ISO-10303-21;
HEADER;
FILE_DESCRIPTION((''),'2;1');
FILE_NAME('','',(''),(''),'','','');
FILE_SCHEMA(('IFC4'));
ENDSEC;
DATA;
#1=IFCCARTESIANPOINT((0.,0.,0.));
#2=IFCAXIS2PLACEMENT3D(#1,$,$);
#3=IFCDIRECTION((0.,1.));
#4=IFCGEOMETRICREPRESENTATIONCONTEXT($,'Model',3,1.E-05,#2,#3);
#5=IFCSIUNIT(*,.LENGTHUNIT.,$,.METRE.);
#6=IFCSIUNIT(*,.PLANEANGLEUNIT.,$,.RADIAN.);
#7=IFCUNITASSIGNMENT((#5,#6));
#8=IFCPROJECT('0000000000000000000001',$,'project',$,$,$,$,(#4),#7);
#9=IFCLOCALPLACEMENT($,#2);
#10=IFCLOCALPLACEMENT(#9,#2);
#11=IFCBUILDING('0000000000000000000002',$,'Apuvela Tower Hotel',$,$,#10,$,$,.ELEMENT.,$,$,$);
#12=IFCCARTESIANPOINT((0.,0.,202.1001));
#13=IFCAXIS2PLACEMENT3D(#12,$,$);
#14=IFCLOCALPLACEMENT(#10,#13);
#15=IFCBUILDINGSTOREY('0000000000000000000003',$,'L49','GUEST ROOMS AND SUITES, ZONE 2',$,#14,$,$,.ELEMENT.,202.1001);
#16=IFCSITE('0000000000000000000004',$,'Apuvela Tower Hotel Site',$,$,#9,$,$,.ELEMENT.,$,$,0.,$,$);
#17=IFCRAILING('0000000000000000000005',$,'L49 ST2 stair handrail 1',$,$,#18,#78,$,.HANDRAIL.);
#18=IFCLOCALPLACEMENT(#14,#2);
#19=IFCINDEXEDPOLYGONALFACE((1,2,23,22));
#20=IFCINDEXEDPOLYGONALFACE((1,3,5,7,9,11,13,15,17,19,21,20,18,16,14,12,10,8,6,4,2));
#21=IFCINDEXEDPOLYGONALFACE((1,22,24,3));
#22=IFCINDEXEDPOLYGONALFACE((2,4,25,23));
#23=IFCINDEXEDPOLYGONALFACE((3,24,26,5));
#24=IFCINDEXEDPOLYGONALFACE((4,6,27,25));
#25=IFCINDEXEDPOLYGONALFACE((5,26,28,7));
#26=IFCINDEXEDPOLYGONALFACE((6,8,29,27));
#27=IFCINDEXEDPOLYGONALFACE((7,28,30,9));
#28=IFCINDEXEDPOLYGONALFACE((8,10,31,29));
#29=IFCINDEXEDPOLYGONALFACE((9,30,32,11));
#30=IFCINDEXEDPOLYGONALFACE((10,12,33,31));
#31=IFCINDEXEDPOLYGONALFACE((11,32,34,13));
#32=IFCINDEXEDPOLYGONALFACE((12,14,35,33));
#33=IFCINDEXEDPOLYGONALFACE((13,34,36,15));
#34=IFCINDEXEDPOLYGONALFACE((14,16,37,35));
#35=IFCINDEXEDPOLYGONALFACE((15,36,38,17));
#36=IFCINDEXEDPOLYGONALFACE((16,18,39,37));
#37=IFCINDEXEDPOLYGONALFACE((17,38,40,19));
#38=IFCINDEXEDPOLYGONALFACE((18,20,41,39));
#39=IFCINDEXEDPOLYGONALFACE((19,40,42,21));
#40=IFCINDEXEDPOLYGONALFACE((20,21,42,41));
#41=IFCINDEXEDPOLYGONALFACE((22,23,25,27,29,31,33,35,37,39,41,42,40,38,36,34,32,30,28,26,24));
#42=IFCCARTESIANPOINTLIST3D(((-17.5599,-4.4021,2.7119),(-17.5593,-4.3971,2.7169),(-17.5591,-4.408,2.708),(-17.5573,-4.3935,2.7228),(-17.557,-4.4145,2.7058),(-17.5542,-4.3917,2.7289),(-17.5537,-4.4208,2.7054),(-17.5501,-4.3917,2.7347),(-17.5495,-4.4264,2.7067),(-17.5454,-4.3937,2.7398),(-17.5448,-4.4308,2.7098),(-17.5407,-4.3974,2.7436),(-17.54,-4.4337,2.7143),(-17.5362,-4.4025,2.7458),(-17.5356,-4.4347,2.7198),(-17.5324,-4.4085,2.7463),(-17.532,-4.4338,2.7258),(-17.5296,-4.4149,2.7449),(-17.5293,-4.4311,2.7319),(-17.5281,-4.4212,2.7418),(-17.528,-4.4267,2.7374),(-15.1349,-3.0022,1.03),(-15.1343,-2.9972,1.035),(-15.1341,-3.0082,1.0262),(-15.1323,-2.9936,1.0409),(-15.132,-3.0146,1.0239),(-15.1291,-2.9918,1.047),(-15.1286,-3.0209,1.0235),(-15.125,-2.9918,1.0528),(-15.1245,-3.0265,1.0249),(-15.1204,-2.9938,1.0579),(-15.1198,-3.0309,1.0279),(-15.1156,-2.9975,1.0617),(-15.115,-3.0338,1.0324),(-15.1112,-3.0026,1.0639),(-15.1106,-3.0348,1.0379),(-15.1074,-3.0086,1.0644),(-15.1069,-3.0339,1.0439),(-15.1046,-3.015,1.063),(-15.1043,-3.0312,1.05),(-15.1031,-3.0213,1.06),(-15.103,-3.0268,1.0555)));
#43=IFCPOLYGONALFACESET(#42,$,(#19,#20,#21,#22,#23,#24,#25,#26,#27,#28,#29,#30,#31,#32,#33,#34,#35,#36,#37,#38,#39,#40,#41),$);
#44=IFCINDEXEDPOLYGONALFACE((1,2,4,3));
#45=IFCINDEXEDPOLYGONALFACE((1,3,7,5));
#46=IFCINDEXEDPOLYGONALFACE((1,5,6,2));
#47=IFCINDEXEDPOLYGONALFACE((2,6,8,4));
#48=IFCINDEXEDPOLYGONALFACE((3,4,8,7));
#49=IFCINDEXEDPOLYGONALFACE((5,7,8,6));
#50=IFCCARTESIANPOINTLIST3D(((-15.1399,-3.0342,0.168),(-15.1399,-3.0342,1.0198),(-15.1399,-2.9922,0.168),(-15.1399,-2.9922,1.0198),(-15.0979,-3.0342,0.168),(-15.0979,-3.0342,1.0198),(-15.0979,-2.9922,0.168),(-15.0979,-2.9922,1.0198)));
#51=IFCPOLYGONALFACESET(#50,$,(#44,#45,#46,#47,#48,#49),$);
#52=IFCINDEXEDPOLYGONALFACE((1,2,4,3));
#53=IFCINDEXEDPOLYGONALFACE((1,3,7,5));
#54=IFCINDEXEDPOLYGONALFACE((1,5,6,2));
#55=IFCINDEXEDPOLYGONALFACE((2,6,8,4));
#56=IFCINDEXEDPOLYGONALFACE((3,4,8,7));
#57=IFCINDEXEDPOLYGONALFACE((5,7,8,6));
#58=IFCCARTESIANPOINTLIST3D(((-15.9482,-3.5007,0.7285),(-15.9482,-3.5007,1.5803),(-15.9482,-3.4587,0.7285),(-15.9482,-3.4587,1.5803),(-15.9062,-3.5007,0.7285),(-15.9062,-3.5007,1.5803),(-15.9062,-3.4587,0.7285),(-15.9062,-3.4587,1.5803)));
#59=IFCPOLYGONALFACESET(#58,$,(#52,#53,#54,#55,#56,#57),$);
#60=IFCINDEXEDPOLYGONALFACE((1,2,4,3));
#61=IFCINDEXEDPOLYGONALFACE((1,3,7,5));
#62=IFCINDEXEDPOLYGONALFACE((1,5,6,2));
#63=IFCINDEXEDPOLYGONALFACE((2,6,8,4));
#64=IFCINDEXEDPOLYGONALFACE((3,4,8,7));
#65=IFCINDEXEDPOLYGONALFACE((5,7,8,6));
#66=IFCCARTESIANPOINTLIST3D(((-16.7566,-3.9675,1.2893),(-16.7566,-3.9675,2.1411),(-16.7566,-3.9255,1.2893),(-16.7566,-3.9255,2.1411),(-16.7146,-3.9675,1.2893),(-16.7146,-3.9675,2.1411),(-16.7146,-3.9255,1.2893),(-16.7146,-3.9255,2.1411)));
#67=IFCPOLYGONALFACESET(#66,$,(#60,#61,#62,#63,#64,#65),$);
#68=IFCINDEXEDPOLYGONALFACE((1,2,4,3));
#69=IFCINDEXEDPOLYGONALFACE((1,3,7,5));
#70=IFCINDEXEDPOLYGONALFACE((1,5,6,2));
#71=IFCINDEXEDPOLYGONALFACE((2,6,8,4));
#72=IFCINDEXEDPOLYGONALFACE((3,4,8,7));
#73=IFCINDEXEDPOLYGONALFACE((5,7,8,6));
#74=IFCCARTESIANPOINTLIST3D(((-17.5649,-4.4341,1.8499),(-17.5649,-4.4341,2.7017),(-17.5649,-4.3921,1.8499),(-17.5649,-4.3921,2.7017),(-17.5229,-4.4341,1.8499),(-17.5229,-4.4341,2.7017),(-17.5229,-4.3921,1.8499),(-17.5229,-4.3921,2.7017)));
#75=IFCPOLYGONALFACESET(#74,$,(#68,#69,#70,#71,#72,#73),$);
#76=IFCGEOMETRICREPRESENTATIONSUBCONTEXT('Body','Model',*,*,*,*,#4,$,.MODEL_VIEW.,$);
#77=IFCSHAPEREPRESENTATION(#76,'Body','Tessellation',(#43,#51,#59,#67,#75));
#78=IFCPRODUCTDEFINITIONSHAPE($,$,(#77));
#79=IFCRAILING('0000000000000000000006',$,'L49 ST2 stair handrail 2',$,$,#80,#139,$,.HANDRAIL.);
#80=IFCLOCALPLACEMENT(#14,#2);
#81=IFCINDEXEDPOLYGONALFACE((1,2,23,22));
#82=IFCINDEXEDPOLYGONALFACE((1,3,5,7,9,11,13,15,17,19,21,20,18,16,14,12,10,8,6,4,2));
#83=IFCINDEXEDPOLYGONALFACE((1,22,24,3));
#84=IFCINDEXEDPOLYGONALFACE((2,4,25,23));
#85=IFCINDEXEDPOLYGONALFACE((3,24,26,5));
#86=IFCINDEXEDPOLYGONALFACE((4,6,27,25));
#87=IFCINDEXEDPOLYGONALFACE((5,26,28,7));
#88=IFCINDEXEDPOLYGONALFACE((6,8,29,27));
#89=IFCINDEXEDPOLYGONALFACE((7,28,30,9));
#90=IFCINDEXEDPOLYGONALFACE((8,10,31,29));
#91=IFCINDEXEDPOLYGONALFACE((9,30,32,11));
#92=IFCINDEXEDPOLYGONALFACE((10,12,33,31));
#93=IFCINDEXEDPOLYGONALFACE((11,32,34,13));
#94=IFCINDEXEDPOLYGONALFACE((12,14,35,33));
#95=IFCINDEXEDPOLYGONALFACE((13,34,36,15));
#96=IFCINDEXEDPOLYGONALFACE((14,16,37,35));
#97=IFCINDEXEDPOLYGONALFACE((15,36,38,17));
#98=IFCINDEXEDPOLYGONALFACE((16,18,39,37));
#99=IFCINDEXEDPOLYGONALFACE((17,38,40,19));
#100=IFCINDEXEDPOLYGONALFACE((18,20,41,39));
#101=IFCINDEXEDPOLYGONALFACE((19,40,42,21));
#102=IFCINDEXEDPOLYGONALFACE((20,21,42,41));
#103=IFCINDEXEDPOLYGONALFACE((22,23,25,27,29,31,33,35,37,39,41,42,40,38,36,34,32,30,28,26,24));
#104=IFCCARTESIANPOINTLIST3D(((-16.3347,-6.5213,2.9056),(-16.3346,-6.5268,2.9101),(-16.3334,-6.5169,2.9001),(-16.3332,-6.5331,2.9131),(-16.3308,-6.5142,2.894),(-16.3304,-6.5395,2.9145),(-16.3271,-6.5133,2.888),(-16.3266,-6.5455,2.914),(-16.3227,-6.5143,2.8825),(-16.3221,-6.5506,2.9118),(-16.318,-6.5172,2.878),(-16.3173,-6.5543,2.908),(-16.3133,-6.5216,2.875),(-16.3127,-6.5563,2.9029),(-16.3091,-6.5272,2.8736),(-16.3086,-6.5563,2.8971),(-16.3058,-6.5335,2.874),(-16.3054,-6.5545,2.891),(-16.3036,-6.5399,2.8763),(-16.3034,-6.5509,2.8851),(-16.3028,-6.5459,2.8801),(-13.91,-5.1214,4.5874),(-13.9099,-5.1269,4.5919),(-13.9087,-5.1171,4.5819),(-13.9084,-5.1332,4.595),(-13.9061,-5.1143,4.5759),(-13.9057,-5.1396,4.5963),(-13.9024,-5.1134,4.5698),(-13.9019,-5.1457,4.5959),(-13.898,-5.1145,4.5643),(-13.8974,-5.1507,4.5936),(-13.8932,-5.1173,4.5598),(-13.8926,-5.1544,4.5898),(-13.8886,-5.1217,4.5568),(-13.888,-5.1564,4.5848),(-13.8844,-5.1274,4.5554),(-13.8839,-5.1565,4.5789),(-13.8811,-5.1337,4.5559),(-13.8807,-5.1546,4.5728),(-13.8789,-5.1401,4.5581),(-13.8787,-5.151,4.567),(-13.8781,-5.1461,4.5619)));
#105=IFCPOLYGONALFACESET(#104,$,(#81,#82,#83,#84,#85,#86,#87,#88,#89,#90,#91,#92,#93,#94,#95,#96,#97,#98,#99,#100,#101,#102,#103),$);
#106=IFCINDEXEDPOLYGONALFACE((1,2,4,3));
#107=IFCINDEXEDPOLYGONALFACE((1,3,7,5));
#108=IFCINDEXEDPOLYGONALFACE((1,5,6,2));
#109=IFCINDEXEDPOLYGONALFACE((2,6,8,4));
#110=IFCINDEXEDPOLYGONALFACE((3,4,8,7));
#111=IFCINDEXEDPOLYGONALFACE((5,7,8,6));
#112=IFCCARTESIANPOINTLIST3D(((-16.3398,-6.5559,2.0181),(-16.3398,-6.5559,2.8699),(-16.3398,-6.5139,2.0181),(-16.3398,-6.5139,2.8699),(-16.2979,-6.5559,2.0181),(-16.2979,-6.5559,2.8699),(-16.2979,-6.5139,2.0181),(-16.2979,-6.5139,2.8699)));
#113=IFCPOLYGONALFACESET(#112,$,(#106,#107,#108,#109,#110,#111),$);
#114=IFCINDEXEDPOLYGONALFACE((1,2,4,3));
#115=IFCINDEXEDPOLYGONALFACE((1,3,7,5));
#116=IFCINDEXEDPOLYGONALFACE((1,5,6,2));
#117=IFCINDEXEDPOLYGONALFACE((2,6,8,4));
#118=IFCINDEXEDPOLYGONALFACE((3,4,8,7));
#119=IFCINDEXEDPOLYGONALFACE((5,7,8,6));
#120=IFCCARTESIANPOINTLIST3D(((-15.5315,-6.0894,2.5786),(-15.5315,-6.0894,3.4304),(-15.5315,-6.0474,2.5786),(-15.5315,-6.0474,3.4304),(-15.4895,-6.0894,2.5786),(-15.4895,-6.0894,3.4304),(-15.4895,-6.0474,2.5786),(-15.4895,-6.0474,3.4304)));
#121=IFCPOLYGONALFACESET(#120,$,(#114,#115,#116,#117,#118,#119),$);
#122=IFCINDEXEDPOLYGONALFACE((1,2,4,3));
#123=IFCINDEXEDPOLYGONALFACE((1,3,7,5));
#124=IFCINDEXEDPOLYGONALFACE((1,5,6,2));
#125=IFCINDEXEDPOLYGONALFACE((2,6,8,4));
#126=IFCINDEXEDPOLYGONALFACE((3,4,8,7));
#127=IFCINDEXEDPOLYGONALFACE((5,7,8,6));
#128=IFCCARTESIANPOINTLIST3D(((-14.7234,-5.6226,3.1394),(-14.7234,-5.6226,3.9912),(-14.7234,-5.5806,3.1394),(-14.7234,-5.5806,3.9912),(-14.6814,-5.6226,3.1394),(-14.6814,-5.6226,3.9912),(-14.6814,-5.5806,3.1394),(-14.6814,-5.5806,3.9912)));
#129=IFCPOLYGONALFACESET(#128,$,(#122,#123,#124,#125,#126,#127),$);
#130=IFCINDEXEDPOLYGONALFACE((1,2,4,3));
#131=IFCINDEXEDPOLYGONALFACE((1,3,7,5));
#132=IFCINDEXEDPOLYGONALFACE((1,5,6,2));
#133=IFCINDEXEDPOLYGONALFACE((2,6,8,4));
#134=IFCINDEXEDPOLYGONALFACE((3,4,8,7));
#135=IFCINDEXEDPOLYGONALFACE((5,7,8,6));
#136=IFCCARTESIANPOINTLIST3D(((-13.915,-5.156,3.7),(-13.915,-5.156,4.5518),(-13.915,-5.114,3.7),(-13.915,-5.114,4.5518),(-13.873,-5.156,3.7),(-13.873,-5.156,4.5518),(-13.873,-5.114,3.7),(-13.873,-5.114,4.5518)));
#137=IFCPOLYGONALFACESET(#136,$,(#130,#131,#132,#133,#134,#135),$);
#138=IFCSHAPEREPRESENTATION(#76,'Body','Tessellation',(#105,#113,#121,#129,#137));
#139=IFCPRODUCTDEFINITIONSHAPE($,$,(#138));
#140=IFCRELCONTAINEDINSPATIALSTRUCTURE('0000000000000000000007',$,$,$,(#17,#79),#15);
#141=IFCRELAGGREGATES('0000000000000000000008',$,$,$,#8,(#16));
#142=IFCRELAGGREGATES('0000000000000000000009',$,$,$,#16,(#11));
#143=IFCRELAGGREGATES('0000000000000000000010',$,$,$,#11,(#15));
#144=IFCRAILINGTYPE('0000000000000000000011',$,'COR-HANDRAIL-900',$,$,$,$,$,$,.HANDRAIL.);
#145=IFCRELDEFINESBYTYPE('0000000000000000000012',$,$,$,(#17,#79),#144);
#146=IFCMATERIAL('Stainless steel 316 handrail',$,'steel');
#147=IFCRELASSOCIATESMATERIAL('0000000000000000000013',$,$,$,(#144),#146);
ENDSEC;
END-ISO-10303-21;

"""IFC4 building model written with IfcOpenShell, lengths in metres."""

from ifc_helpers import new_model, si_unit, direction, frame, origin, origin_2d, place, context, subcontext, project, spatial, rectangle, circle, extrude, material, type_object, element, save


model = new_model("IFC4")

# Units and contexts
model_context = context("Model", 3, precision=1e-05, world=origin(), true_north=direction((0.0, 1.0)))
body_context = subcontext(model_context, "Body", "Model", "MODEL_VIEW")
ifc_project = project(units=[si_unit("LENGTHUNIT", "METRE"), si_unit("PLANEANGLEUNIT", "RADIAN")], contexts=[model_context])

# Site, building, storey
site_placement = place(None, origin())
site = spatial("IfcSite", under=ifc_project, at=site_placement, Name="Apuvela Tower Hotel Site", CompositionType="ELEMENT", RefElevation=0.0)
building_placement = place(site_placement, origin())
building = spatial("IfcBuilding", under=site, at=building_placement, Name="Apuvela Tower Hotel", CompositionType="ELEMENT")
storey_placement = place(building_placement, frame((0.0, 0.0, 202.1001)))
storey = spatial("IfcBuildingStorey", under=building, at=storey_placement, Name="L49", Description="GUEST ROOMS AND SUITES, ZONE 2", CompositionType="ELEMENT", Elevation=202.1001)

# Railings
ifc_material_1 = material(Name="Stainless steel 316 handrail", Category="steel")
railing_type_1 = type_object("IfcRailingType", Name="COR-HANDRAIL-900", PredefinedType="HANDRAIL", material=ifc_material_1)
railing_1_placement = place(storey_placement, frame((-15.1189, -3.0132, 0.168)))
element("IfcRailing", 1, at=railing_1_placement, inside=storey, type_object=railing_type_1, Name="L49 ST2 stair handrail 1", PredefinedType="HANDRAIL", context=body_context, shape_type="SweptSolid", body=[
    extrude(circle(Radius=0.0239, at=origin_2d()), frame((0.0, 0.0, 0.876), z_axis=(-0.742424, -0.428577, 0.514906), x_axis=(0.499946, -0.866056, 0.0)), (0.0, 0.0, 1.0), 3.2664),
    extrude(rectangle(XDim=0.042, YDim=0.042, at=origin_2d()), origin(), (0.0, 0.0, 1.0), 0.8518),
    extrude(rectangle(XDim=0.042, YDim=0.042, at=origin_2d()), frame((-0.8083, -0.4666, 0.5605)), (0.0, 0.0, 1.0), 0.8518),
    extrude(rectangle(XDim=0.042, YDim=0.042, at=origin_2d()), frame((-1.6167, -0.9333, 1.1213)), (0.0, 0.0, 1.0), 0.8518),
    extrude(rectangle(XDim=0.042, YDim=0.042, at=origin_2d()), frame((-2.425, -1.3999, 1.6819)), (0.0, 0.0, 1.0), 0.8518),
])
railing_2_placement = place(storey_placement, frame((-16.3188, -6.5349, 2.0181)))
element("IfcRailing", 2, at=railing_2_placement, inside=storey, type_object=railing_type_1, Name="L49 ST2 stair handrail 2", PredefinedType="HANDRAIL", context=body_context, shape_type="SweptSolid", body=[
    extrude(circle(Radius=0.0239, at=origin_2d()), frame((0.0, 0.0, 0.876), z_axis=(0.74239, 0.428601, 0.514934), x_axis=(-0.499984, 0.866035, 0.0)), (0.0, 0.0, 1.0), 3.2661),
    extrude(rectangle(XDim=0.042, YDim=0.042, at=origin_2d()), origin(), (0.0, 0.0, 1.0), 0.8518),
    extrude(rectangle(XDim=0.042, YDim=0.042, at=origin_2d()), frame((0.8083, 0.4666, 0.5605)), (0.0, 0.0, 1.0), 0.8518),
    extrude(rectangle(XDim=0.042, YDim=0.042, at=origin_2d()), frame((1.6165, 0.9333, 1.1213)), (0.0, 0.0, 1.0), 0.8518),
    extrude(rectangle(XDim=0.042, YDim=0.042, at=origin_2d()), frame((2.4248, 1.3999, 1.6819)), (0.0, 0.0, 1.0), 0.8518),
])

save(model, "model.ifc")
